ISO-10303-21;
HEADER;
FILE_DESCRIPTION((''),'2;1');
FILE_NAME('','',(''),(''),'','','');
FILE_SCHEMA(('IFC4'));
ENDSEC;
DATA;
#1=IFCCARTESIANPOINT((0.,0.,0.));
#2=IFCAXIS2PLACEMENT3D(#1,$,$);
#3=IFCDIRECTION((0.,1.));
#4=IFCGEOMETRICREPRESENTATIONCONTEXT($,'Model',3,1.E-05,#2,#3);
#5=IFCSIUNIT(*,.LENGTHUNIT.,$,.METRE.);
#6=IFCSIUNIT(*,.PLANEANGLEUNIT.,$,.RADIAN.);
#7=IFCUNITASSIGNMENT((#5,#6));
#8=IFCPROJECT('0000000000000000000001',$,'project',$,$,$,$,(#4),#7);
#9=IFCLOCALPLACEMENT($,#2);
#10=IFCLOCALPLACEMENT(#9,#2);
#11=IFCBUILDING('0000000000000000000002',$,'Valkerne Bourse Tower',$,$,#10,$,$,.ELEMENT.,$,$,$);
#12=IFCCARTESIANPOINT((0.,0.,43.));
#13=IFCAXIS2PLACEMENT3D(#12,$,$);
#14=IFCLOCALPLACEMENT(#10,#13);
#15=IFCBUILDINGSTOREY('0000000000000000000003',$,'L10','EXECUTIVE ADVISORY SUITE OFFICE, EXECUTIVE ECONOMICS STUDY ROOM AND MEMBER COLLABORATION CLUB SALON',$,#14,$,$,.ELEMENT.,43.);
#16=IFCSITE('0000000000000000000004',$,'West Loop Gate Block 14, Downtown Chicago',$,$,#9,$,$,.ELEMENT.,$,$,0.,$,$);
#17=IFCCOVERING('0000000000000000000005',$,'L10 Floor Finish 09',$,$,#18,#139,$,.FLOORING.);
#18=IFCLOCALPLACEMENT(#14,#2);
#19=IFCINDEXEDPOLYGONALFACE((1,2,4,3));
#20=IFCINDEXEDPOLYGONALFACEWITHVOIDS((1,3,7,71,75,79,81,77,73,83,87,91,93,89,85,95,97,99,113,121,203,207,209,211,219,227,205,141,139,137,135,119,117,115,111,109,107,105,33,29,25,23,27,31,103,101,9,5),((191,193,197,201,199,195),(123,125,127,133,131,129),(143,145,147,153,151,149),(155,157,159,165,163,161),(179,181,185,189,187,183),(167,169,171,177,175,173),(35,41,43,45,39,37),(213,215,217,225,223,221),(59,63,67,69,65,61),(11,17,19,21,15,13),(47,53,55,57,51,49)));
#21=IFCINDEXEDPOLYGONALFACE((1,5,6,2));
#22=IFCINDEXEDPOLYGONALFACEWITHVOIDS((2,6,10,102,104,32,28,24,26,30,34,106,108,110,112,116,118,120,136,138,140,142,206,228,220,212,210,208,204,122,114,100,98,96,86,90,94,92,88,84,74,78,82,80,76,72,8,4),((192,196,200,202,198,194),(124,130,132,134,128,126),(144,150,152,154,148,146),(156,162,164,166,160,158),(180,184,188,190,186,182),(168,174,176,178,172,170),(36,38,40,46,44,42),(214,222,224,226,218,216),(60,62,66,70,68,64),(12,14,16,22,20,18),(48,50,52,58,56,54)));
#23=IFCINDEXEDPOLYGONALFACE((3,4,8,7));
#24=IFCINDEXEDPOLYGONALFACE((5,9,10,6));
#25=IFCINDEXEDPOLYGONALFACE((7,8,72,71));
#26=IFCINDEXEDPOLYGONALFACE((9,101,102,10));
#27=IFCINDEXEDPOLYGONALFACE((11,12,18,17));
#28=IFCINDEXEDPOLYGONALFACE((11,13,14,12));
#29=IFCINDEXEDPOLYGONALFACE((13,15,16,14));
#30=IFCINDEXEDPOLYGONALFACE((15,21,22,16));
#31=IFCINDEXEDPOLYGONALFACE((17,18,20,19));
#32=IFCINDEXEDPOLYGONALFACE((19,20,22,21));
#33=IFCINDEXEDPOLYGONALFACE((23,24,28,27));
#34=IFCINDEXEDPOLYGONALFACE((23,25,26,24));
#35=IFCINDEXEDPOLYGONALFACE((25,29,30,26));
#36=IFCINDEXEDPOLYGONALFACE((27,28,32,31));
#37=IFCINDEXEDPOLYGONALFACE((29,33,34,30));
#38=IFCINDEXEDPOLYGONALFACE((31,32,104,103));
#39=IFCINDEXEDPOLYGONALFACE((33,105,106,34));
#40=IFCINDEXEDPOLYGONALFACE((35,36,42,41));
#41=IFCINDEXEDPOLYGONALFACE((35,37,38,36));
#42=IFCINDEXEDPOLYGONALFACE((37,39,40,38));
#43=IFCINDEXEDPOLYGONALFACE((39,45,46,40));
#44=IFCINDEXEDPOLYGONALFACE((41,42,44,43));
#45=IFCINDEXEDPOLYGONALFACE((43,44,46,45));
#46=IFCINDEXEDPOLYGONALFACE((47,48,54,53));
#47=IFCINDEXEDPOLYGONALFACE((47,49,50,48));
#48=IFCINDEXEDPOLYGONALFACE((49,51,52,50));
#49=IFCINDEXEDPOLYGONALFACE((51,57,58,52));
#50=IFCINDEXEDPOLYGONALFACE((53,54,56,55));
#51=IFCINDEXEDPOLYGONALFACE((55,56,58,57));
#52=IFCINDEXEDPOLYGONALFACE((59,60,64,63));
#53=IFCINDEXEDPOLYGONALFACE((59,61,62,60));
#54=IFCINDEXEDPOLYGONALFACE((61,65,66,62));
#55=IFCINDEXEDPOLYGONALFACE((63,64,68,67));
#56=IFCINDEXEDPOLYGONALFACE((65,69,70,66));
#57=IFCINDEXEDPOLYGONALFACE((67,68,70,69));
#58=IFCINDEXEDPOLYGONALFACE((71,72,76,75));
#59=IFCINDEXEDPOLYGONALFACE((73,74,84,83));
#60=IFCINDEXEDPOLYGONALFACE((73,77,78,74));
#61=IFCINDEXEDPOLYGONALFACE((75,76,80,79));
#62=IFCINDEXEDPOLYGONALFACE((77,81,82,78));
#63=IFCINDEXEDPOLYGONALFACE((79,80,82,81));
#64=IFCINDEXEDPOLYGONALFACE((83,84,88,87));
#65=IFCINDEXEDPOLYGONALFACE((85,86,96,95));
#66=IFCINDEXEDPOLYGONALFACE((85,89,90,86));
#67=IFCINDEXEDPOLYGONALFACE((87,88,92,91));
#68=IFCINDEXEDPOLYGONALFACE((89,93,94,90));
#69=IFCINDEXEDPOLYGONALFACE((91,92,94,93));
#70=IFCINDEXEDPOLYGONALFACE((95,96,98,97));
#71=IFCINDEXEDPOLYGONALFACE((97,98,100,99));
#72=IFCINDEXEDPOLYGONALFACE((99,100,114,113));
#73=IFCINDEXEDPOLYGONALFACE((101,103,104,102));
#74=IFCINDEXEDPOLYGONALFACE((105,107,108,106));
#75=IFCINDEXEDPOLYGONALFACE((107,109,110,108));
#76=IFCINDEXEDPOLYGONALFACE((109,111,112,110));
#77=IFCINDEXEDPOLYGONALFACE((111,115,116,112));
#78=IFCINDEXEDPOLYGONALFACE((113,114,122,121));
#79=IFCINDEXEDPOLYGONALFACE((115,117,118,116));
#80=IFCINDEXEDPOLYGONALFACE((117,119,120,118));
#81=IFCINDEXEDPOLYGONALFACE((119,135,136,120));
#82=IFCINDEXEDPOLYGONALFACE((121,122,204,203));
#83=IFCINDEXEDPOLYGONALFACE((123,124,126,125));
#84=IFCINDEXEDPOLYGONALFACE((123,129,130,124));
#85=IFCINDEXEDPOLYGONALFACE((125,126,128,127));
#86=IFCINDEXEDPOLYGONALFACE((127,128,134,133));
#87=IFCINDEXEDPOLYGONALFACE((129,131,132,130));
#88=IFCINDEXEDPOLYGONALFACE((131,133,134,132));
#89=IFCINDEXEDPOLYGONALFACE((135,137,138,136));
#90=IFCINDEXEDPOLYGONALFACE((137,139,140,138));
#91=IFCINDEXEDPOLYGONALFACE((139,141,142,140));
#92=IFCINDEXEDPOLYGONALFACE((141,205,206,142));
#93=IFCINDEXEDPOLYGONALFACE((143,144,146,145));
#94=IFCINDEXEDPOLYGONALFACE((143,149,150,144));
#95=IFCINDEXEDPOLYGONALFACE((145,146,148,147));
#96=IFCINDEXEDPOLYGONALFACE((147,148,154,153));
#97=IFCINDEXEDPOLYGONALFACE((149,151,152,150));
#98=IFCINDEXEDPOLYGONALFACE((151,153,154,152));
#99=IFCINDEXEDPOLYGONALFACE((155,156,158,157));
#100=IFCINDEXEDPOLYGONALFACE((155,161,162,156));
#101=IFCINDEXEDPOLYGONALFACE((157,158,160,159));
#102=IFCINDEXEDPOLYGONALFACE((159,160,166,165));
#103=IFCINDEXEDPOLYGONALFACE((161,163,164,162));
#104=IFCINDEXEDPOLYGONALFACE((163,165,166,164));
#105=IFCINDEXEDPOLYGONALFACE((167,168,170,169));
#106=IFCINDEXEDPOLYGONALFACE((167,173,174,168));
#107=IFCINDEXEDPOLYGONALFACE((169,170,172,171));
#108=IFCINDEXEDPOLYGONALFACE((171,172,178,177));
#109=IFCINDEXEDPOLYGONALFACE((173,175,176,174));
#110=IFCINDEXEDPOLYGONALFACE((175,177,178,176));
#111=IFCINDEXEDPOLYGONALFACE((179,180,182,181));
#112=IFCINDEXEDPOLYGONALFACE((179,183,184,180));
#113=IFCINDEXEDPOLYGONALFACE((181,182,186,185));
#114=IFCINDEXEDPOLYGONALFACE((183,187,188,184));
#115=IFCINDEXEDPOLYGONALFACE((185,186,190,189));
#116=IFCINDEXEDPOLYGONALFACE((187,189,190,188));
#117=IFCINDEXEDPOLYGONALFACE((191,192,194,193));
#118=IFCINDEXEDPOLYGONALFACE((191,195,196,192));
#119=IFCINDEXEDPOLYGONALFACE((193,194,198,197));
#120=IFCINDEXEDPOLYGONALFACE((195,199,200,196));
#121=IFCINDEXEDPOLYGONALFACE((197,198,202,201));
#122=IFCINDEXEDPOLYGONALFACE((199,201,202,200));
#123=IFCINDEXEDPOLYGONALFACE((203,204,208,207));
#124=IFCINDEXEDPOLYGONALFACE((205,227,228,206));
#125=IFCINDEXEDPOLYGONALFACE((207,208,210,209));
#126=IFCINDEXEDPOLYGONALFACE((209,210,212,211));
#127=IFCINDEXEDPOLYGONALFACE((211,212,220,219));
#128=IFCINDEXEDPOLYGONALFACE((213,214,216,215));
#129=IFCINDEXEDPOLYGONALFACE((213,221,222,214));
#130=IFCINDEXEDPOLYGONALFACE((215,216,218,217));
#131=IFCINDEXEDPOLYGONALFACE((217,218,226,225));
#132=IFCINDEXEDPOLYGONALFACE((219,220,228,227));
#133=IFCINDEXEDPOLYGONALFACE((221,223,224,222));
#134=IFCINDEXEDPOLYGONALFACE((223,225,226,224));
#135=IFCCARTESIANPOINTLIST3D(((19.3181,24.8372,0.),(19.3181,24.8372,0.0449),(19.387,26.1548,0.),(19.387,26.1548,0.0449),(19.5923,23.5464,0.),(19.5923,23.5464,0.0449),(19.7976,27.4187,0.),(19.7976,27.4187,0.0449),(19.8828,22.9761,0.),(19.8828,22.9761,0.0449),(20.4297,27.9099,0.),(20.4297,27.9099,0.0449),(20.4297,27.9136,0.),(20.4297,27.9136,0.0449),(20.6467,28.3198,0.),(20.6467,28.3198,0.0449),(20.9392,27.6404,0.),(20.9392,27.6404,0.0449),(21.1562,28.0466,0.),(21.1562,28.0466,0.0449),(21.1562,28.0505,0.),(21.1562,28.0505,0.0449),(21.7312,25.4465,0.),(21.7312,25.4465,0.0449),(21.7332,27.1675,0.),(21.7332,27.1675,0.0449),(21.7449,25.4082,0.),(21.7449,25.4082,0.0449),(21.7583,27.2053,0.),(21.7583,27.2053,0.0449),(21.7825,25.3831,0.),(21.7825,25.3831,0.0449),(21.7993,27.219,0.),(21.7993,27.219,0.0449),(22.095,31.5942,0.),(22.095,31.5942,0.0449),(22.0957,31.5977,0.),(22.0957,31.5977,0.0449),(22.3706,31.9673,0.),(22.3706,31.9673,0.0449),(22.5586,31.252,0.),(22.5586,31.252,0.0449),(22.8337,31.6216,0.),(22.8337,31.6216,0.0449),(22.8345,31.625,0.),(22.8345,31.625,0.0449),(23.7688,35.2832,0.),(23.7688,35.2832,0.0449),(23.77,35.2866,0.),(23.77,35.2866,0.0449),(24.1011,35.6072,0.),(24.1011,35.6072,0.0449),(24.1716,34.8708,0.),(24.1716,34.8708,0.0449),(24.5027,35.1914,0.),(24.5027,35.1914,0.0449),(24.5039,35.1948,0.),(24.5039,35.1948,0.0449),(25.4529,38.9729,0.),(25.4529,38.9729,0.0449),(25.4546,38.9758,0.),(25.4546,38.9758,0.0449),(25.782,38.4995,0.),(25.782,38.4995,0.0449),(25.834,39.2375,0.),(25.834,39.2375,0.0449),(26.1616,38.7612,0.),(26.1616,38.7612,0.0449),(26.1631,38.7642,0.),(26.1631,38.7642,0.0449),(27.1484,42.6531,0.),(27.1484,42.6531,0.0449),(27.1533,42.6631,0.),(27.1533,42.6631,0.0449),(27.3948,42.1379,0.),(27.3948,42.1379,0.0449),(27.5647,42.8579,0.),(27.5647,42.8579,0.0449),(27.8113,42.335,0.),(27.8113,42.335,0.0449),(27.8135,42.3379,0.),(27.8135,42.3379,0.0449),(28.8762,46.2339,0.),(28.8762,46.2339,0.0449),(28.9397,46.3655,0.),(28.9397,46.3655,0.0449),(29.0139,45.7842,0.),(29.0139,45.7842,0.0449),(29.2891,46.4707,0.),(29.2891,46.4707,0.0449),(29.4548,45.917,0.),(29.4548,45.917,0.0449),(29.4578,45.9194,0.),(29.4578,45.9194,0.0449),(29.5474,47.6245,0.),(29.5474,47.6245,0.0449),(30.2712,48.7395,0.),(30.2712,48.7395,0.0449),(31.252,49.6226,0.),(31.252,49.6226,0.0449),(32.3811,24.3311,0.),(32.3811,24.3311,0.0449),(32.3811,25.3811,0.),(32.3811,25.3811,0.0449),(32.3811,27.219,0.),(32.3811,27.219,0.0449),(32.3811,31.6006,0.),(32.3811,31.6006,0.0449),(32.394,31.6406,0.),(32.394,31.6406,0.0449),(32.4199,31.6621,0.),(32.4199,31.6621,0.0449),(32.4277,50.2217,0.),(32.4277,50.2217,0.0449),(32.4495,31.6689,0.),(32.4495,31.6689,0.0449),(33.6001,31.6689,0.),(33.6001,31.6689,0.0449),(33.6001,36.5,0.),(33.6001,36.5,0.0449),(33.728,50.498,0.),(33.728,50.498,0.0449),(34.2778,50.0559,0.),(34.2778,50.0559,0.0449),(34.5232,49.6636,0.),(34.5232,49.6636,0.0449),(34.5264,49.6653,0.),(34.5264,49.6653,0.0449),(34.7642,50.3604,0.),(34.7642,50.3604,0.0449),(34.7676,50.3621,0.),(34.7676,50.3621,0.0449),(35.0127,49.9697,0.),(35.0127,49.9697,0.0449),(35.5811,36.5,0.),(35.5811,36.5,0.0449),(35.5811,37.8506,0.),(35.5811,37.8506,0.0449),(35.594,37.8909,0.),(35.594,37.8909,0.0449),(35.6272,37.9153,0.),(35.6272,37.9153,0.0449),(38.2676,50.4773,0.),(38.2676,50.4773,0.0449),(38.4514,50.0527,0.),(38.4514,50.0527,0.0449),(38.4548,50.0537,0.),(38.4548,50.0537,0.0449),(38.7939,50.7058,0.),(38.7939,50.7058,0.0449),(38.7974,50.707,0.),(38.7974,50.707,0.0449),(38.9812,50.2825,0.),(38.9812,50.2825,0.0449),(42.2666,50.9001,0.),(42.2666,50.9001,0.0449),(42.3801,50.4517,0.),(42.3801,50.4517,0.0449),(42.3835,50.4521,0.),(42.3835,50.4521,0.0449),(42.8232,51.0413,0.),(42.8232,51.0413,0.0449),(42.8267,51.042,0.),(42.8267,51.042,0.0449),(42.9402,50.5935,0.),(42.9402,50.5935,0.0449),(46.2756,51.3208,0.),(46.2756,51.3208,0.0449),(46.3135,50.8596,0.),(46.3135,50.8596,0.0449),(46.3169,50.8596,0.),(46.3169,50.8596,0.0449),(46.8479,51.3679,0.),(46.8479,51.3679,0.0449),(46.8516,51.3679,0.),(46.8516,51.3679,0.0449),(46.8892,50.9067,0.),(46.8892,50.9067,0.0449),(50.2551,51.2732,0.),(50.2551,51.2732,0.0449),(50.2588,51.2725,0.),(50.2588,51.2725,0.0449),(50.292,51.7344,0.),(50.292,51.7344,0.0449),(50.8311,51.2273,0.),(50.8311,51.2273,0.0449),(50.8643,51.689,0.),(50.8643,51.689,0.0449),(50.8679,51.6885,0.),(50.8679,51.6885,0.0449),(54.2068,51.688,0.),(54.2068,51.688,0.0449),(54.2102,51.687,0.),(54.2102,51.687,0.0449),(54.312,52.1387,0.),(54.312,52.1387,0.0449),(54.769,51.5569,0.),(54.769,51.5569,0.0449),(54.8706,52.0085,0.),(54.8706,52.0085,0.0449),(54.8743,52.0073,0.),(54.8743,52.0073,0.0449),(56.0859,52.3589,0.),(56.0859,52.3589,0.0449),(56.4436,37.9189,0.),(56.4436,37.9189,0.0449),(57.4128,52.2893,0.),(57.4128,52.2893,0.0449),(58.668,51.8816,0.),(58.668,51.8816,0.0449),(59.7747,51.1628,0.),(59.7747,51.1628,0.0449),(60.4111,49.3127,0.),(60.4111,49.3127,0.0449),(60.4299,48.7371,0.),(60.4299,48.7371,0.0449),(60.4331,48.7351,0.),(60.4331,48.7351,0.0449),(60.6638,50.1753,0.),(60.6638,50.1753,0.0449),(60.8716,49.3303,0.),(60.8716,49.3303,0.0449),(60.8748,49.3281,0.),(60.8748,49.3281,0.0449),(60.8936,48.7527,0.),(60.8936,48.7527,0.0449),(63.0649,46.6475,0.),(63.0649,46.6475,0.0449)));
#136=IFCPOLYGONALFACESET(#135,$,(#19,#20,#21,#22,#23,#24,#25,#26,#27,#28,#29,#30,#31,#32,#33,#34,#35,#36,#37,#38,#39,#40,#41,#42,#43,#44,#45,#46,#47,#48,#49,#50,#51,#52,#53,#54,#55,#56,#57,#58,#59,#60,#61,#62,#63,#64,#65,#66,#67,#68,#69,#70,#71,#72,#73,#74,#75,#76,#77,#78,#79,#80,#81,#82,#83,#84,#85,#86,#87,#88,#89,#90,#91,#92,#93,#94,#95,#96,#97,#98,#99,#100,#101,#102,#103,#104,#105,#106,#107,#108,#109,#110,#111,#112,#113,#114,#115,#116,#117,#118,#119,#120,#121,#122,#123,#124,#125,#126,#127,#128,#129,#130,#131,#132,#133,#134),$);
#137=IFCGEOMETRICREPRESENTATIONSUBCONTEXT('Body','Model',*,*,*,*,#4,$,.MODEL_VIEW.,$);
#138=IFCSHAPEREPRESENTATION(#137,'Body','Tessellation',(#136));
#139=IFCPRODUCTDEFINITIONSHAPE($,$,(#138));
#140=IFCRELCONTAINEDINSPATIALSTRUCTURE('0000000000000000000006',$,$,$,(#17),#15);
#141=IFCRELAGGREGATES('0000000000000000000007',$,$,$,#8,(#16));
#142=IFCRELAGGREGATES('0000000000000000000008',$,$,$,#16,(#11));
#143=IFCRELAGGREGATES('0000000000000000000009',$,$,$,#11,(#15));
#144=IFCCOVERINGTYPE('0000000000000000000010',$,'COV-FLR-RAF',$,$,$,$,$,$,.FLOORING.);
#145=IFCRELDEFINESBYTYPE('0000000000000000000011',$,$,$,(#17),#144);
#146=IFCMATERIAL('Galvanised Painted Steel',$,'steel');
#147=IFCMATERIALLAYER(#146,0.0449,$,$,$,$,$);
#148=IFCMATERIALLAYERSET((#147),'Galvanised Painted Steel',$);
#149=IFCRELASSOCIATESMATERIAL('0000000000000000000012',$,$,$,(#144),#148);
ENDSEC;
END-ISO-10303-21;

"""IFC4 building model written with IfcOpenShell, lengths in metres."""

from ifc_helpers import new_model, si_unit, direction, frame, origin, place, context, subcontext, project, spatial, polyline, outline, extrude, material, layer, layer_set, type_object, element, save


model = new_model("IFC4")

# Units and contexts
model_context = context("Model", 3, precision=1e-05, world=origin(), true_north=direction((0.0, 1.0)))
body_context = subcontext(model_context, "Body", "Model", "MODEL_VIEW")
ifc_project = project(units=[si_unit("LENGTHUNIT", "METRE"), si_unit("PLANEANGLEUNIT", "RADIAN")], contexts=[model_context])

# Site, building, storey
site_placement = place(None, origin())
site = spatial("IfcSite", under=ifc_project, at=site_placement, Name="West Loop Gate Block 14, Downtown Chicago", CompositionType="ELEMENT", RefElevation=0.0)
building_placement = place(site_placement, origin())
building = spatial("IfcBuilding", under=site, at=building_placement, Name="Valkerne Bourse Tower", CompositionType="ELEMENT")
storey_placement = place(building_placement, frame((0.0, 0.0, 43.0)))
storey = spatial("IfcBuildingStorey", under=building, at=storey_placement, Name="L10", Description="EXECUTIVE ADVISORY SUITE OFFICE, EXECUTIVE ECONOMICS STUDY ROOM AND MEMBER COLLABORATION CLUB SALON", CompositionType="ELEMENT", Elevation=43.0)

# Covering
ifc_material_1 = material(Name="Galvanised Painted Steel", Category="steel")
ifc_layer_1 = layer(ifc_material_1, 0.0449)
ifc_layer_set_1 = layer_set([ifc_layer_1], Name="Galvanised Painted Steel")
covering_type_1 = type_object("IfcCoveringType", Name="COV-FLR-RAF", PredefinedType="FLOORING", material=ifc_layer_set_1)
covering_1_placement = place(storey_placement, origin())
element("IfcCovering", 1, at=covering_1_placement, inside=storey, type_object=covering_type_1, Name="L10 Floor Finish 09", PredefinedType="FLOORING", context=body_context, shape_type="SweptSolid", body=[
    extrude(outline(polyline([(19.387, 26.1548), (19.7976, 27.4187), (27.1484, 42.6531), (27.3948, 42.1379), (27.8113, 42.335), (27.8135, 42.3379), (27.5647, 42.8579), (27.1533, 42.6631), (28.8762, 46.2339), (29.0139, 45.7842), (29.4548, 45.917), (29.4578, 45.9194), (29.2891, 46.4707), (28.9397, 46.3655), (29.5474, 47.6245), (30.2712, 48.7395), (31.252, 49.6226), (32.4277, 50.2217), (33.728, 50.498), (56.0859, 52.3589), (57.4128, 52.2893), (58.668, 51.8816), (59.7747, 51.1628), (60.6638, 50.1753), (63.0649, 46.6475), (56.4436, 37.9189), (35.6272, 37.9153), (35.594, 37.8909), (35.5811, 37.8506), (35.5811, 36.5), (33.6001, 36.5), (33.6001, 31.6689), (32.4495, 31.6689), (32.4199, 31.6621), (32.394, 31.6406), (32.3811, 31.6006), (32.3811, 27.219), (21.7993, 27.219), (21.7583, 27.2053), (21.7332, 27.1675), (21.7312, 25.4465), (21.7449, 25.4082), (21.7825, 25.3831), (32.3811, 25.3811), (32.3811, 24.3311), (19.8828, 22.9761), (19.5923, 23.5464), (19.3181, 24.8372), (19.387, 26.1548)]), holes=[polyline([(21.1562, 28.0505), (20.6467, 28.3198), (20.4297, 27.9136), (20.4297, 27.9099), (20.9392, 27.6404), (21.1562, 28.0466), (21.1562, 28.0505)]), polyline([(22.8337, 31.6216), (22.8345, 31.625), (22.3706, 31.9673), (22.0957, 31.5977), (22.095, 31.5942), (22.5586, 31.252), (22.8337, 31.6216)]), polyline([(24.5039, 35.1948), (24.1011, 35.6072), (23.77, 35.2866), (23.7688, 35.2832), (24.1716, 34.8708), (24.5027, 35.1914), (24.5039, 35.1948)]), polyline([(26.1616, 38.7612), (26.1631, 38.7642), (25.834, 39.2375), (25.4546, 38.9758), (25.4529, 38.9729), (25.782, 38.4995), (26.1616, 38.7612)]), polyline([(34.5264, 49.6653), (35.0127, 49.9697), (34.7676, 50.3621), (34.7642, 50.3604), (34.2778, 50.0559), (34.5232, 49.6636), (34.5264, 49.6653)]), polyline([(38.4548, 50.0537), (38.9812, 50.2825), (38.7974, 50.707), (38.7939, 50.7058), (38.2676, 50.4773), (38.4514, 50.0527), (38.4548, 50.0537)]), polyline([(42.3835, 50.4521), (42.9402, 50.5935), (42.8267, 51.042), (42.8232, 51.0413), (42.2666, 50.9001), (42.3801, 50.4517), (42.3835, 50.4521)]), polyline([(46.8892, 50.9067), (46.8516, 51.3679), (46.8479, 51.3679), (46.2756, 51.3208), (46.3135, 50.8596), (46.3169, 50.8596), (46.8892, 50.9067)]), polyline([(50.8679, 51.6885), (50.8643, 51.689), (50.292, 51.7344), (50.2551, 51.2732), (50.2588, 51.2725), (50.8311, 51.2273), (50.8679, 51.6885)]), polyline([(54.8743, 52.0073), (54.8706, 52.0085), (54.312, 52.1387), (54.2068, 51.688), (54.2102, 51.687), (54.769, 51.5569), (54.8743, 52.0073)]), polyline([(60.8936, 48.7527), (60.8748, 49.3281), (60.8716, 49.3303), (60.4111, 49.3127), (60.4299, 48.7371), (60.4331, 48.7351), (60.8936, 48.7527)])]), origin(), (0.0, 0.0, 1.0), 0.0449),
])

save(model, "model.ifc")
